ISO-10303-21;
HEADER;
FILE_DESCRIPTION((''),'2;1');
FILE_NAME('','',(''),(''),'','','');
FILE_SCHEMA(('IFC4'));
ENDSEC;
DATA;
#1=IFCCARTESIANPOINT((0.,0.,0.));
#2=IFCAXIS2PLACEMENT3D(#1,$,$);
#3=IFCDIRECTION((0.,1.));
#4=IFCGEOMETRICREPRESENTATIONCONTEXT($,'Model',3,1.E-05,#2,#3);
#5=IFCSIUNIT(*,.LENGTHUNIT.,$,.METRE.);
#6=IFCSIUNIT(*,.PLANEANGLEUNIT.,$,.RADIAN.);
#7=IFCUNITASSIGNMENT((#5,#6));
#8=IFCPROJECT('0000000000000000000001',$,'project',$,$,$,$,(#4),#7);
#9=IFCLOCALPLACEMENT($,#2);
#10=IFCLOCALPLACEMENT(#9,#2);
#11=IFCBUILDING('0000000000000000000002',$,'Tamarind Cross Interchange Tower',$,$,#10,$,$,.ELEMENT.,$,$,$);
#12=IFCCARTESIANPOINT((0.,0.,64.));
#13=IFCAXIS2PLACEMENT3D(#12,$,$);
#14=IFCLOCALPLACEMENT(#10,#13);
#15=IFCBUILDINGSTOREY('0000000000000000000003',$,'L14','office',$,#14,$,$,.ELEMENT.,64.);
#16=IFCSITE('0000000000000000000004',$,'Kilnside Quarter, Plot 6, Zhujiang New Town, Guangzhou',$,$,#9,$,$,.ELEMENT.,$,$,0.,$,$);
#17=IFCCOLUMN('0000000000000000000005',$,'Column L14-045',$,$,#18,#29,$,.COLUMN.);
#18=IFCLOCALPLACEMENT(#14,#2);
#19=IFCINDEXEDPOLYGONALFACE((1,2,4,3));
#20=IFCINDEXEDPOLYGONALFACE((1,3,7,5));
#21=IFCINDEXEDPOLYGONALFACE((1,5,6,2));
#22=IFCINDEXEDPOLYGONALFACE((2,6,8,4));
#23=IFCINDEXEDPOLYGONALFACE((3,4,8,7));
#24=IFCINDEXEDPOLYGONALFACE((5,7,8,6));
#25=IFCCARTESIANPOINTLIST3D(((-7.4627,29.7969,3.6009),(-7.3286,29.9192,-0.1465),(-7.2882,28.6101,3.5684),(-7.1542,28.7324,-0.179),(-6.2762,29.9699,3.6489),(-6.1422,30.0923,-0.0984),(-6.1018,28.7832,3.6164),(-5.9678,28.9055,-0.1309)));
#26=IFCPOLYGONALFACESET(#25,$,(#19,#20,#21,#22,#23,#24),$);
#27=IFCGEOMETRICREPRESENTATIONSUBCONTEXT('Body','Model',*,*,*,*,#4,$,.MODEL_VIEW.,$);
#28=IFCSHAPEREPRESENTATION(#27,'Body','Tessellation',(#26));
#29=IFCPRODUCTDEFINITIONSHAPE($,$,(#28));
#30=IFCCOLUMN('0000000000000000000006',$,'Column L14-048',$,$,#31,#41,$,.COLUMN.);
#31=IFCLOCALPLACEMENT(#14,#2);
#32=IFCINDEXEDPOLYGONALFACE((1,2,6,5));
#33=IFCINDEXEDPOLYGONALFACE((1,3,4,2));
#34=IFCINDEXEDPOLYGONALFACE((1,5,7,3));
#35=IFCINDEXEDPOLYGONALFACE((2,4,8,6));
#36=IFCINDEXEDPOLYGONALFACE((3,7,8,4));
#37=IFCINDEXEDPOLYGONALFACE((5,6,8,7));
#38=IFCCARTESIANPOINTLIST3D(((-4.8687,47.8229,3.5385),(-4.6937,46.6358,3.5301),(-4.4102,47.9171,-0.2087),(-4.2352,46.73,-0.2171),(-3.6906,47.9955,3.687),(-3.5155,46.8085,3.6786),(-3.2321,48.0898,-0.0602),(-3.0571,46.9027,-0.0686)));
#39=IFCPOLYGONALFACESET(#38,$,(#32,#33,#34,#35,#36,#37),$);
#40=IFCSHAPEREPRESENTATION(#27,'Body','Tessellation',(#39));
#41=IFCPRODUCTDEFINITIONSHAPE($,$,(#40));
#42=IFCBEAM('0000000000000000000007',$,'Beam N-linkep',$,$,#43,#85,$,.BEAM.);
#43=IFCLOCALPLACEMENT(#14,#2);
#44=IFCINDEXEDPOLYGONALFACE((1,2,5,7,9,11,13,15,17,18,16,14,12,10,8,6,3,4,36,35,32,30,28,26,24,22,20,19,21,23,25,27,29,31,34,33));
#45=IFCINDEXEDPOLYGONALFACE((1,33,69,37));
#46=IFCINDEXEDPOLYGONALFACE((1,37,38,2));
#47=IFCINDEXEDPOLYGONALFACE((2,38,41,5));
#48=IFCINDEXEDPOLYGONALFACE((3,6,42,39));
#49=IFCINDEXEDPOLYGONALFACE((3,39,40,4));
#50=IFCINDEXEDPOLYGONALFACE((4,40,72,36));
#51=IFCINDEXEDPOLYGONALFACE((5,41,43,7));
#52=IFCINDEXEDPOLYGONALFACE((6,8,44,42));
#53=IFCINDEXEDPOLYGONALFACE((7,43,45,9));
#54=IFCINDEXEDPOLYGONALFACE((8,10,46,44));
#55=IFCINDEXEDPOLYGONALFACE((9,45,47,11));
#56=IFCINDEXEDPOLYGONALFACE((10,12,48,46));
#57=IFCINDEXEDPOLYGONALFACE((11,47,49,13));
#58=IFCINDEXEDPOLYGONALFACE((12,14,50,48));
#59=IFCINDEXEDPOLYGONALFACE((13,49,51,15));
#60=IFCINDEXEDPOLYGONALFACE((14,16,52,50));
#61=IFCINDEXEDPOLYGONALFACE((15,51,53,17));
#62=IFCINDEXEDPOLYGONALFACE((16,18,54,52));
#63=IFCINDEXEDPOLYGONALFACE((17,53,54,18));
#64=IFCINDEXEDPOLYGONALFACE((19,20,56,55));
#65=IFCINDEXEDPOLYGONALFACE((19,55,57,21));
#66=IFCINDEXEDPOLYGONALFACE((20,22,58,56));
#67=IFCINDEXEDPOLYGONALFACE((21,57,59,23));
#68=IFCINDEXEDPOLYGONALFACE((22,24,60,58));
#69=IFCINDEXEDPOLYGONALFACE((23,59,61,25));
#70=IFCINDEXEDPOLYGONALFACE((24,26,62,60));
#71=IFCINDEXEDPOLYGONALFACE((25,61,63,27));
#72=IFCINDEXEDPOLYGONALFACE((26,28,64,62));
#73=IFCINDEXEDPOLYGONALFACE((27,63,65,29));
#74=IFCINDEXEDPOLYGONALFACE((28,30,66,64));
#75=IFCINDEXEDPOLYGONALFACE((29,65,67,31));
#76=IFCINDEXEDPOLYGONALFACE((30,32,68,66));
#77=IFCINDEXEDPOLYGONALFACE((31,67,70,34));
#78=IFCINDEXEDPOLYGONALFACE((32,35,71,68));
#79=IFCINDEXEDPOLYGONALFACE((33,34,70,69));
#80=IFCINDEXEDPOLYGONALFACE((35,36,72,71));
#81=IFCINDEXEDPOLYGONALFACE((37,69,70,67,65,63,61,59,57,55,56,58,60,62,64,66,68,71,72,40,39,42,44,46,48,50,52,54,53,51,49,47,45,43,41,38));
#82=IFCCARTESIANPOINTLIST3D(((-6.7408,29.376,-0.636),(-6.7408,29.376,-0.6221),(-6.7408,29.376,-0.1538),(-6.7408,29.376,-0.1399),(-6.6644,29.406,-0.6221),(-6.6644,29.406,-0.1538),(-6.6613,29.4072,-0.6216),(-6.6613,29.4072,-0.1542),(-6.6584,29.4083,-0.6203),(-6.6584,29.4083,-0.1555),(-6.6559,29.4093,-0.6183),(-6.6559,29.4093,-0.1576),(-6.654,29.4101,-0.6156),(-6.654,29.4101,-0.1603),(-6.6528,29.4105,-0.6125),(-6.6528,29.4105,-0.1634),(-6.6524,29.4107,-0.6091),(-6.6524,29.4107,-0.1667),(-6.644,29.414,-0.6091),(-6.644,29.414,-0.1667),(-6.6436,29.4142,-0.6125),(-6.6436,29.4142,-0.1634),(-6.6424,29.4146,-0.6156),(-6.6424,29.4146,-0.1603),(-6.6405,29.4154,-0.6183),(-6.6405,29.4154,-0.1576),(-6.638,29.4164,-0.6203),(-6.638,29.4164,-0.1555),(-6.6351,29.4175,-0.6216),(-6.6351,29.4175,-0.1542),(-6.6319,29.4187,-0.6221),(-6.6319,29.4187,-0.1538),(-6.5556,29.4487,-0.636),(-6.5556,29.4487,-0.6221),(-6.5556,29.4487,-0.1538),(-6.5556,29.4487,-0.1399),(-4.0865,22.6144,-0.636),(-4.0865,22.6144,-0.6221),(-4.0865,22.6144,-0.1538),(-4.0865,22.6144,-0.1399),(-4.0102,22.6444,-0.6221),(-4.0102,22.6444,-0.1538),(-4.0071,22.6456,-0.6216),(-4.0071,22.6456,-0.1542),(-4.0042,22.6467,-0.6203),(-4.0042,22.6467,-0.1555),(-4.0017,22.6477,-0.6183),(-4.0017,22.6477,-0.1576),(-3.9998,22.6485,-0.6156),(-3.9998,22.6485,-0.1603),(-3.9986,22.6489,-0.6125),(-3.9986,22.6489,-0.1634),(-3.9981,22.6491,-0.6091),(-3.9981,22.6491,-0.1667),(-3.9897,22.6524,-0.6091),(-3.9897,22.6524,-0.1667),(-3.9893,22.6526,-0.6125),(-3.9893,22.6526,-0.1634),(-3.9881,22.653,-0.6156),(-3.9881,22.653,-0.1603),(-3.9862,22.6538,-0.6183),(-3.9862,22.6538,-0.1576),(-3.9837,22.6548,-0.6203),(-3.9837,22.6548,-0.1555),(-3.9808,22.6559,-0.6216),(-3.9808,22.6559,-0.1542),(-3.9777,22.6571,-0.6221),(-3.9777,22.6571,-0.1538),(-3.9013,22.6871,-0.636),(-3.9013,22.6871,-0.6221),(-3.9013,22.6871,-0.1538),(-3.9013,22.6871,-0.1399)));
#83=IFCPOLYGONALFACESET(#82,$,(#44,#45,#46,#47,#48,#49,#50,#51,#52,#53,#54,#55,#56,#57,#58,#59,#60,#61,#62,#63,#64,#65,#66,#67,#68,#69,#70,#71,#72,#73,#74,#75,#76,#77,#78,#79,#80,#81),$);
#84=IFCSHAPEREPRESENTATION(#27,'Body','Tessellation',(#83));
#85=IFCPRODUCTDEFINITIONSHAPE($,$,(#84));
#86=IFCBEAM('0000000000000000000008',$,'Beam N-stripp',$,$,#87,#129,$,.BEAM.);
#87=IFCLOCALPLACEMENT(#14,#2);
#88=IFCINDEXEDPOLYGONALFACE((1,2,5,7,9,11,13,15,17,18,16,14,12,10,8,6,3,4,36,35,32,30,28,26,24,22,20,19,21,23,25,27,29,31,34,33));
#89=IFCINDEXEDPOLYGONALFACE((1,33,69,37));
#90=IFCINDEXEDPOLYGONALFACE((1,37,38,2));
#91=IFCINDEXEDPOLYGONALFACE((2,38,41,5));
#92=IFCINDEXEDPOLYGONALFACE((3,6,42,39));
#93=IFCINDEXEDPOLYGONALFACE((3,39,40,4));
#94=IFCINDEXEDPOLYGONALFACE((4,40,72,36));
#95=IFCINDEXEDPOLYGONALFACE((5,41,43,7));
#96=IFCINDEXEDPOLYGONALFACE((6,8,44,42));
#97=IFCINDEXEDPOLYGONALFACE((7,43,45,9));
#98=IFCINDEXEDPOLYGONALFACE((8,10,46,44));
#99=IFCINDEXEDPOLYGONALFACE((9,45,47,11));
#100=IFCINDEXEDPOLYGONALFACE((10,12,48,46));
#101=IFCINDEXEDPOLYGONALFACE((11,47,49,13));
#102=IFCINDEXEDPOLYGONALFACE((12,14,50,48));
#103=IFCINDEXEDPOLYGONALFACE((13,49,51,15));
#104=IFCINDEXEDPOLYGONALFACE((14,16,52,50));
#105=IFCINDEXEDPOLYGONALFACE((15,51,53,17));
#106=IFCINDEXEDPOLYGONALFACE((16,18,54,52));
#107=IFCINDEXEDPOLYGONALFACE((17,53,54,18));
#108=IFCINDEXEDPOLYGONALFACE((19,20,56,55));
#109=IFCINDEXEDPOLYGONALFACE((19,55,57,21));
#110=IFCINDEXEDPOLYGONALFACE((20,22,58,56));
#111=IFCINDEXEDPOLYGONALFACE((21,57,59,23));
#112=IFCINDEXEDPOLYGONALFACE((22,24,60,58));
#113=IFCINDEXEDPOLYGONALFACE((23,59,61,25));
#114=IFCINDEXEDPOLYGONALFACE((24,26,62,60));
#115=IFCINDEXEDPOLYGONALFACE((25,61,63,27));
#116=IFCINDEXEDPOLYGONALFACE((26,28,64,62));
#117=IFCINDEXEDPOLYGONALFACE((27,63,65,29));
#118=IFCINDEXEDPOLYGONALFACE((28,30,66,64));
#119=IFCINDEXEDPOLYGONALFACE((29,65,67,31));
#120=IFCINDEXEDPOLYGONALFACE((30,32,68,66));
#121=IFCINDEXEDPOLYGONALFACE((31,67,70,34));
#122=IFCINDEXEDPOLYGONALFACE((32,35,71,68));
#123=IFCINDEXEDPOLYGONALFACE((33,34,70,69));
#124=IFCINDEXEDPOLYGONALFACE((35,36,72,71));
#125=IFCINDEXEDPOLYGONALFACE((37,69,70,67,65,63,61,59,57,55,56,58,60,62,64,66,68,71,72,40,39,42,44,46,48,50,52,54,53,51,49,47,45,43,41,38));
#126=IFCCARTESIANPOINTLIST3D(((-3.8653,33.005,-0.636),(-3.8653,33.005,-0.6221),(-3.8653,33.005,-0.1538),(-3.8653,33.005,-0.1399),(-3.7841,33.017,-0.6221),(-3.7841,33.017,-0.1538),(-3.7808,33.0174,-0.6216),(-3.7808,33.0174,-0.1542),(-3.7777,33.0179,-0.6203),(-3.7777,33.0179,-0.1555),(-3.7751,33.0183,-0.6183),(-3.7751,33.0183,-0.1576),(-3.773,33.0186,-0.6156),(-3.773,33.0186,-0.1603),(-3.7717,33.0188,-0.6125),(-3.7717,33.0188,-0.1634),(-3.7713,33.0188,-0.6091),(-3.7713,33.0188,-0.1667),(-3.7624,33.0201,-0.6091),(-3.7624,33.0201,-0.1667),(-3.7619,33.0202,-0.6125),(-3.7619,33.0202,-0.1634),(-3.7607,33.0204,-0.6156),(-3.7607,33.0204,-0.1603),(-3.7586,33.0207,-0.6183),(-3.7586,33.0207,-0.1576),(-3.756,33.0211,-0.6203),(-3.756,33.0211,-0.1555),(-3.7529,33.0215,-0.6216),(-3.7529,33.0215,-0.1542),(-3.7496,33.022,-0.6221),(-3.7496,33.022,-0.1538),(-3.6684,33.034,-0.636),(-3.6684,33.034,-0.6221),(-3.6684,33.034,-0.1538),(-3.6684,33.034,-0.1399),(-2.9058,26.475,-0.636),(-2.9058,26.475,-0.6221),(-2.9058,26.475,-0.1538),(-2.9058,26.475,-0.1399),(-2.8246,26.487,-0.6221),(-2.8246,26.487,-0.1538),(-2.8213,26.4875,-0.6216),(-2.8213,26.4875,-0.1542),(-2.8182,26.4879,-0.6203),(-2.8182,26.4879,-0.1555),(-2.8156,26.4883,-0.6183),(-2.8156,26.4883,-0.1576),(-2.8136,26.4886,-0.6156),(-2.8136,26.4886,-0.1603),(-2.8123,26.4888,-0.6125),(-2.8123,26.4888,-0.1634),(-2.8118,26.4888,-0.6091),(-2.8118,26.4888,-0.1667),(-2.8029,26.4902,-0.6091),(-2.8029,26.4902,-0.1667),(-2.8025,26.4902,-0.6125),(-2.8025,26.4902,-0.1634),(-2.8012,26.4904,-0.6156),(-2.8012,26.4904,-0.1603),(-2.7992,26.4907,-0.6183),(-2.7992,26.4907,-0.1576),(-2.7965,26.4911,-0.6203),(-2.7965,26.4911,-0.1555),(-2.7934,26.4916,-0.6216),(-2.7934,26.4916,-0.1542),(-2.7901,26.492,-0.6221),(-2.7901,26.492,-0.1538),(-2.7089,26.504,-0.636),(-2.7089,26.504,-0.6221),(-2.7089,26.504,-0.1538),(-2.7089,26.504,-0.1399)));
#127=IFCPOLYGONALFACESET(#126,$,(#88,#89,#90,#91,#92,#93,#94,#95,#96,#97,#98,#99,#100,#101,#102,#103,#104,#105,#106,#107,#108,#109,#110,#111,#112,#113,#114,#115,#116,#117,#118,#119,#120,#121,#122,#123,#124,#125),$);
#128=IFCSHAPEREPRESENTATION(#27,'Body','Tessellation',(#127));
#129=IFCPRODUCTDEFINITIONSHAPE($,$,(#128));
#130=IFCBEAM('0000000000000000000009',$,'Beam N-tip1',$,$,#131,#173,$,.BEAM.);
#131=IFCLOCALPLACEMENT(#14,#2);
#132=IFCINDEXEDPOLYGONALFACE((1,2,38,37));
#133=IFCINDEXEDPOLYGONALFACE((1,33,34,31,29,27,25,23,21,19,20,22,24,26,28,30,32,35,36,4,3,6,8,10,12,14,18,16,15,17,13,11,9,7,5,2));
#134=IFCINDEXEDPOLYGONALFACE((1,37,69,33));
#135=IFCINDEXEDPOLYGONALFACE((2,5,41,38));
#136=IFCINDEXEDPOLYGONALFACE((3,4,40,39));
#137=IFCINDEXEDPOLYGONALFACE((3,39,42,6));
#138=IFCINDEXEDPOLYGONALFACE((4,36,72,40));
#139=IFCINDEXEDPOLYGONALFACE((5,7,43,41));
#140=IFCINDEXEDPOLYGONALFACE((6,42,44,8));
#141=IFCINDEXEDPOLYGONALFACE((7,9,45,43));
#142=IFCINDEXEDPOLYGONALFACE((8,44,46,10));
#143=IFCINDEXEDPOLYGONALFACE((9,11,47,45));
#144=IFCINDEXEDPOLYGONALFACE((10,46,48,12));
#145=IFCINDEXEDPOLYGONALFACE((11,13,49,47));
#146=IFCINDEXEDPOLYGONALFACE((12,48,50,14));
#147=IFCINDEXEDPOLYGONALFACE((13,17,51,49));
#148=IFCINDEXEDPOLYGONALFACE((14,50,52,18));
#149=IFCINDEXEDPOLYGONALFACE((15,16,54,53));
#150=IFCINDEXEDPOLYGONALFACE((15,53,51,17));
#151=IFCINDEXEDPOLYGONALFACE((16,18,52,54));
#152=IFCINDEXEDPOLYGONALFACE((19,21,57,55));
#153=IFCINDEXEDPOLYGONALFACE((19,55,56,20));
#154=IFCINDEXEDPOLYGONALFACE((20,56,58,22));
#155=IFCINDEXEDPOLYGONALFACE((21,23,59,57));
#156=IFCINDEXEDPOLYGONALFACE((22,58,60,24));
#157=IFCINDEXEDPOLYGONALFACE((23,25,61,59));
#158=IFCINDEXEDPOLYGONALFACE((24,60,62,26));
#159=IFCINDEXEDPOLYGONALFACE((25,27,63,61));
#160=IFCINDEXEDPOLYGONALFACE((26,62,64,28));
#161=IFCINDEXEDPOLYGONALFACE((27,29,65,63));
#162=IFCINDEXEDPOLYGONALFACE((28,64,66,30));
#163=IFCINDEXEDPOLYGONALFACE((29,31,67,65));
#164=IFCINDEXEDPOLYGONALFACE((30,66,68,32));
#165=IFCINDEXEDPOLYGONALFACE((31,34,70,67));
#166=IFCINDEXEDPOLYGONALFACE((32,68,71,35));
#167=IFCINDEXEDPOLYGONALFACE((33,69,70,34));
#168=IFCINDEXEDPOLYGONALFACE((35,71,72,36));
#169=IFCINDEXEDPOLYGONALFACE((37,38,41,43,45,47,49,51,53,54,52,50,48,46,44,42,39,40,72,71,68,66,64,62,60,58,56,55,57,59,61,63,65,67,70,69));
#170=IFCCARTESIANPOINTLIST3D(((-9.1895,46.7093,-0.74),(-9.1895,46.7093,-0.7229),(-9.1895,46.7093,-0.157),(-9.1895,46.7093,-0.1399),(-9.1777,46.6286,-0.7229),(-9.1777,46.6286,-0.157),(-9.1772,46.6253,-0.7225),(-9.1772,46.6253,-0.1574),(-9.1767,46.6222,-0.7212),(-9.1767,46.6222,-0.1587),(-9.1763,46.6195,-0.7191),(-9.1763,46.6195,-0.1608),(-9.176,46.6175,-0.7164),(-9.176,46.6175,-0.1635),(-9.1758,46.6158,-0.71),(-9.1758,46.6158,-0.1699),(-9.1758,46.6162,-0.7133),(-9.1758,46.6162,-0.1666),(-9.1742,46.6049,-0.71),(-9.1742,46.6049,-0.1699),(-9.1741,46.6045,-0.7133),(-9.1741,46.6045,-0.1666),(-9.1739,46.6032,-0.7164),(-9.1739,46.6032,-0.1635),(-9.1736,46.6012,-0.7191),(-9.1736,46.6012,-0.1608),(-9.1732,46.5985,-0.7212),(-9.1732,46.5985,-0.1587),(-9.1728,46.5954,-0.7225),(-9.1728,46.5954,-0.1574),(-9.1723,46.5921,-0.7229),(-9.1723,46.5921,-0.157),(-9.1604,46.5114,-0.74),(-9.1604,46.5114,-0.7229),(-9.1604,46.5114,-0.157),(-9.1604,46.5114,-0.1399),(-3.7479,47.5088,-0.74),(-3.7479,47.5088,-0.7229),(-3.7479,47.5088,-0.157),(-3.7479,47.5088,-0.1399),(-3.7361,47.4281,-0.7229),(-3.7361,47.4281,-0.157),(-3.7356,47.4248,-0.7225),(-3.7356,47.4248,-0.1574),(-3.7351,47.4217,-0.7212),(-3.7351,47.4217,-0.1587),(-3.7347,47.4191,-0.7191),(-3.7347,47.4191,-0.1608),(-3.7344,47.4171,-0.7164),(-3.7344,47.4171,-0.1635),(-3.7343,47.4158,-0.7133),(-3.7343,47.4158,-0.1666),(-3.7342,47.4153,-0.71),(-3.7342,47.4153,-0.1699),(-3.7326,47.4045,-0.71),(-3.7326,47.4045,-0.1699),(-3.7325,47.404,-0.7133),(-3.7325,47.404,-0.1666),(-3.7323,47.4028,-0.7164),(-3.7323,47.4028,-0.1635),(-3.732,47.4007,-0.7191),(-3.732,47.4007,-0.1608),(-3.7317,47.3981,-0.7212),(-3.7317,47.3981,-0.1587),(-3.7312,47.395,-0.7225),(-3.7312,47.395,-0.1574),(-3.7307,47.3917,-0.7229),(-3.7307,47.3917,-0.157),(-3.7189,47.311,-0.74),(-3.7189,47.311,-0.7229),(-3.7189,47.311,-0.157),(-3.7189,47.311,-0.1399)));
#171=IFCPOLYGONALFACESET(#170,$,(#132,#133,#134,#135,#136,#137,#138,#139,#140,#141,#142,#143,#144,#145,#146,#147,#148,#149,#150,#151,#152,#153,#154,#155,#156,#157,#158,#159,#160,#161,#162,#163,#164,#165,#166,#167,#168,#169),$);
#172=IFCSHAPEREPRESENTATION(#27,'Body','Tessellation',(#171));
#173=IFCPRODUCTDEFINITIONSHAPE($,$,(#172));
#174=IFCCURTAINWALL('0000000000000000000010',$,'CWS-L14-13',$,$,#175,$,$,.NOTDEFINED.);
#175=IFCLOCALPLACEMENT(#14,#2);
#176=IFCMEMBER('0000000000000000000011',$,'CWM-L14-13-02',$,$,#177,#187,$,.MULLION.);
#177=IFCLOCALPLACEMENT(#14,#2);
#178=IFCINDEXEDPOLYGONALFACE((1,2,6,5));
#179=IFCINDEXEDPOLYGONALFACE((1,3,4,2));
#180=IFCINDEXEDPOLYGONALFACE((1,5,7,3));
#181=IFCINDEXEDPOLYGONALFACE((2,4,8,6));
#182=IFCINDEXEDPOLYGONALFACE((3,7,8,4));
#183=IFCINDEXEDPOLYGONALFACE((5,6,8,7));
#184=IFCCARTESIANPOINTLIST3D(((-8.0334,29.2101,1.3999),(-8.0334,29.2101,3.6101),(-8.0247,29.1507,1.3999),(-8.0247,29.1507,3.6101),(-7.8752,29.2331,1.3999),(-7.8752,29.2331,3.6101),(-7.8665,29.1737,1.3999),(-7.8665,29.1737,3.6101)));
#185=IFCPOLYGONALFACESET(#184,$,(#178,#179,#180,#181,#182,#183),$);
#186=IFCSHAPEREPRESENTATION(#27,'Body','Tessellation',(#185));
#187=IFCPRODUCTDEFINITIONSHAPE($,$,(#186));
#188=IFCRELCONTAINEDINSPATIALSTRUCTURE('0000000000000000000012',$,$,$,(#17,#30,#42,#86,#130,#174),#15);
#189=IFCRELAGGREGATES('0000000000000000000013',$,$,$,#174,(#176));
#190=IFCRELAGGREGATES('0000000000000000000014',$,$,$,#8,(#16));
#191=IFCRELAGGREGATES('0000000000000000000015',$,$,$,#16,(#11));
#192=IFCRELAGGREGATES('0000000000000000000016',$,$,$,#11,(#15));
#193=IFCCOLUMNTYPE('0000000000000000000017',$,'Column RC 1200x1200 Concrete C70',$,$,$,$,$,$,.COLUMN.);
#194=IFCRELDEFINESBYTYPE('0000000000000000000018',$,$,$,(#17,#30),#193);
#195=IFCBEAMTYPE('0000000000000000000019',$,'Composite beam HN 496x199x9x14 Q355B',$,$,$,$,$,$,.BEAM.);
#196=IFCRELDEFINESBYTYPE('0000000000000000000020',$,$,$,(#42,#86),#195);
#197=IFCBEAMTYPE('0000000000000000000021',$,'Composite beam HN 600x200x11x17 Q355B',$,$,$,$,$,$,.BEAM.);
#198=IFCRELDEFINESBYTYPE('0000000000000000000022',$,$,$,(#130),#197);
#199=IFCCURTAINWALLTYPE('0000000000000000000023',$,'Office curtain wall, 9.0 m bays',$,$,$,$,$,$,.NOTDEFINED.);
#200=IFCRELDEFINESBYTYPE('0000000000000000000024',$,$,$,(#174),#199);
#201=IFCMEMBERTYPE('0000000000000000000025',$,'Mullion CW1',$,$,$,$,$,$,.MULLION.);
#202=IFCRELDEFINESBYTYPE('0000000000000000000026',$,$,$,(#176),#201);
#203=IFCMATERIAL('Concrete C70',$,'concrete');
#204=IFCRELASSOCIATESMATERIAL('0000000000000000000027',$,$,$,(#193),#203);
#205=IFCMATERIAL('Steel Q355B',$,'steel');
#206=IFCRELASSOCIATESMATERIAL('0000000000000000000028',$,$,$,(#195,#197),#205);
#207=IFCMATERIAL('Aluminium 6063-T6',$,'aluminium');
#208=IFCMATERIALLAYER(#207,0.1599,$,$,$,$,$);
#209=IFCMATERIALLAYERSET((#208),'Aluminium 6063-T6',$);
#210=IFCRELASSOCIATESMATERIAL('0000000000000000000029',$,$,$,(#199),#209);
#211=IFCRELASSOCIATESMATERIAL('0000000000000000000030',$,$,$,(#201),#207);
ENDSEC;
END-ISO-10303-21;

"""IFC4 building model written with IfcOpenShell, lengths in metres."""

from ifc_helpers import new_model, si_unit, direction, frame, origin, origin_2d, place, context, subcontext, project, spatial, rectangle, i_section, extrude, material, layer, layer_set, material_profile, profile_set, type_object, element, aggregate, save


model = new_model("IFC4")

# Units and contexts
model_context = context("Model", 3, precision=1e-05, world=origin(), true_north=direction((0.0, 1.0)))
body_context = subcontext(model_context, "Body", "Model", "MODEL_VIEW")
ifc_project = project(units=[si_unit("LENGTHUNIT", "METRE"), si_unit("PLANEANGLEUNIT", "RADIAN")], contexts=[model_context])

# Site, building, storey
site_placement = place(None, origin())
site = spatial("IfcSite", under=ifc_project, at=site_placement, Name="Kilnside Quarter, Plot 6, Zhujiang New Town, Guangzhou", CompositionType="ELEMENT", RefElevation=0.0)
building_placement = place(site_placement, origin())
building = spatial("IfcBuilding", under=site, at=building_placement, Name="Tamarind Cross Interchange Tower", CompositionType="ELEMENT")
storey_placement = place(building_placement, frame((0.0, 0.0, 64.0)))
storey = spatial("IfcBuildingStorey", under=building, at=storey_placement, Name="L14", Description="office", CompositionType="ELEMENT", Elevation=64.0)

# Columns
ifc_material_1 = material(Name="Concrete C70", Category="concrete")
ifc_material_profile_1 = material_profile(ifc_material_1, rectangle(XDim=1.2, YDim=1.2, at=origin_2d()), Name="RC 1200x1200")
ifc_profile_set_1 = profile_set([ifc_material_profile_1], Name="Concrete C70")
column_type = type_object("IfcColumnType", Name="Column RC 1200x1200 Concrete C70", PredefinedType="COLUMN", material=ifc_profile_set_1)
column_1_placement = place(storey_placement, frame((-6.6482, 29.4124, -0.1387), z_axis=(-0.035726, -0.032602, 0.99883), x_axis=(0.988735, 0.144216, 0.040072)))
element("IfcColumn", 1, at=column_1_placement, inside=storey, type_object=column_type, Name="Column L14-045", PredefinedType="COLUMN", context=body_context, shape_type="SweptSolid", body=[
    extrude(rectangle(XDim=1.2, YDim=1.2, at=origin_2d()), origin(), (0.0, 0.0, 1.0), 3.7517),
])
column_2_placement = place(storey_placement, frame((-3.7336, 47.4099, -0.1387), z_axis=(-0.12141, -0.024954, 0.992289), x_axis=(0.981827, 0.143882, 0.123748)))
element("IfcColumn", 2, at=column_2_placement, inside=storey, type_object=column_type, Name="Column L14-048", PredefinedType="COLUMN", context=body_context, shape_type="SweptSolid", body=[
    extrude(rectangle(XDim=1.2, YDim=1.2, at=origin_2d()), origin(), (0.0, 0.0, 1.0), 3.7764),
])

# Beams
ifc_material_2 = material(Name="Steel Q355B", Category="steel")
ifc_material_profile_2 = material_profile(ifc_material_2, i_section(OverallWidth=0.199, OverallDepth=0.4961, WebThickness=0.009, FlangeThickness=0.0139, FilletRadius=0.0129, at=origin_2d()), Name="HN 496x199x9x14")
ifc_profile_set_2 = profile_set([ifc_material_profile_2], Name="Steel Q355B")
beam_type_1 = type_object("IfcBeamType", Name="Composite beam HN 496x199x9x14 Q355B", PredefinedType="BEAM", material=ifc_profile_set_2)
beam_1_placement = place(storey_placement, frame((-6.6482, 29.4124, -0.3879), z_axis=(0.365403, -0.93085, 0.0), x_axis=(0.93085, 0.365403, 0.0)))
element("IfcBeam", 3, at=beam_1_placement, inside=storey, type_object=beam_type_1, Name="Beam N-linkep", PredefinedType="BEAM", context=body_context, shape_type="SweptSolid", body=[
    extrude(i_section(OverallWidth=0.199, OverallDepth=0.4961, WebThickness=0.009, FlangeThickness=0.0139, FilletRadius=0.0129, at=origin_2d()), origin(), (0.0, 0.0, 1.0), 7.2639),
])
beam_2_placement = place(storey_placement, frame((-2.8074, 26.4895, -0.3879), z_axis=(-0.145372, 0.989377, 0.0), x_axis=(-0.989377, -0.145372, 0.0)))
element("IfcBeam", 4, at=beam_2_placement, inside=storey, type_object=beam_type_1, Name="Beam N-stripp", PredefinedType="BEAM", context=body_context, shape_type="SweptSolid", body=[
    extrude(i_section(OverallWidth=0.199, OverallDepth=0.4961, WebThickness=0.009, FlangeThickness=0.0139, FilletRadius=0.0129, at=origin_2d()), origin(), (0.0, 0.0, 1.0), 6.6001),
])
ifc_material_profile_3 = material_profile(ifc_material_2, i_section(OverallWidth=0.2, OverallDepth=0.6001, WebThickness=0.011, FlangeThickness=0.0171, FilletRadius=0.0129, at=origin_2d()), Name="HN 600x200x11x17")
ifc_profile_set_3 = profile_set([ifc_material_profile_3], Name="Steel Q355B")
beam_type_2 = type_object("IfcBeamType", Name="Composite beam HN 600x200x11x17 Q355B", PredefinedType="BEAM", material=ifc_profile_set_3)
beam_3_placement = place(storey_placement, frame((-3.7334, 47.4099, -0.4399), z_axis=(-0.989377, -0.145373, 0.0), x_axis=(0.145373, -0.989377, 0.0)))
element("IfcBeam", 5, at=beam_3_placement, inside=storey, type_object=beam_type_2, Name="Beam N-tip1", PredefinedType="BEAM", context=body_context, shape_type="SweptSolid", body=[
    extrude(i_section(OverallWidth=0.2, OverallDepth=0.6001, WebThickness=0.011, FlangeThickness=0.0171, FilletRadius=0.0129, at=origin_2d()), origin(), (0.0, 0.0, 1.0), 5.5),
])

# Curtain wall, member
ifc_material_3 = material(Name="Aluminium 6063-T6", Category="aluminium")
ifc_layer_1 = layer(ifc_material_3, 0.1599)
ifc_layer_set_1 = layer_set([ifc_layer_1], Name="Aluminium 6063-T6")
curtain_wall_type = type_object("IfcCurtainWallType", Name="Office curtain wall, 9.0 m bays", PredefinedType="NOTDEFINED", material=ifc_layer_set_1)
curtain_wall_1_placement = place(storey_placement, origin())
curtain_wall_1 = element("IfcCurtainWall", 6, at=curtain_wall_1_placement, inside=storey, type_object=curtain_wall_type, Name="CWS-L14-13", PredefinedType="NOTDEFINED")
ifc_material_profile_4 = material_profile(ifc_material_3, rectangle(XDim=0.0601, YDim=0.1599, at=origin_2d()), Name="Mullion CW1")
ifc_profile_set_4 = profile_set([ifc_material_profile_4], Name="Aluminium 6063-T6")
member_type = type_object("IfcMemberType", Name="Mullion CW1", PredefinedType="MULLION", material=ifc_profile_set_4)
member_1_placement = place(storey_placement, frame((-7.95, 29.1919, 1.3999), z_axis=(0.0, 0.0, 1.0), x_axis=(0.144187, -0.98955, 0.0)))
member_1 = element("IfcMember", 7, at=member_1_placement, type_object=member_type, Name="CWM-L14-13-02", PredefinedType="MULLION", context=body_context, shape_type="SweptSolid", body=[
    extrude(rectangle(XDim=0.0601, YDim=0.1599, at=origin_2d()), origin(), (0.0, 0.0, 1.0), 2.2102),
])
aggregate(curtain_wall_1, [member_1])

save(model, "model.ifc")
